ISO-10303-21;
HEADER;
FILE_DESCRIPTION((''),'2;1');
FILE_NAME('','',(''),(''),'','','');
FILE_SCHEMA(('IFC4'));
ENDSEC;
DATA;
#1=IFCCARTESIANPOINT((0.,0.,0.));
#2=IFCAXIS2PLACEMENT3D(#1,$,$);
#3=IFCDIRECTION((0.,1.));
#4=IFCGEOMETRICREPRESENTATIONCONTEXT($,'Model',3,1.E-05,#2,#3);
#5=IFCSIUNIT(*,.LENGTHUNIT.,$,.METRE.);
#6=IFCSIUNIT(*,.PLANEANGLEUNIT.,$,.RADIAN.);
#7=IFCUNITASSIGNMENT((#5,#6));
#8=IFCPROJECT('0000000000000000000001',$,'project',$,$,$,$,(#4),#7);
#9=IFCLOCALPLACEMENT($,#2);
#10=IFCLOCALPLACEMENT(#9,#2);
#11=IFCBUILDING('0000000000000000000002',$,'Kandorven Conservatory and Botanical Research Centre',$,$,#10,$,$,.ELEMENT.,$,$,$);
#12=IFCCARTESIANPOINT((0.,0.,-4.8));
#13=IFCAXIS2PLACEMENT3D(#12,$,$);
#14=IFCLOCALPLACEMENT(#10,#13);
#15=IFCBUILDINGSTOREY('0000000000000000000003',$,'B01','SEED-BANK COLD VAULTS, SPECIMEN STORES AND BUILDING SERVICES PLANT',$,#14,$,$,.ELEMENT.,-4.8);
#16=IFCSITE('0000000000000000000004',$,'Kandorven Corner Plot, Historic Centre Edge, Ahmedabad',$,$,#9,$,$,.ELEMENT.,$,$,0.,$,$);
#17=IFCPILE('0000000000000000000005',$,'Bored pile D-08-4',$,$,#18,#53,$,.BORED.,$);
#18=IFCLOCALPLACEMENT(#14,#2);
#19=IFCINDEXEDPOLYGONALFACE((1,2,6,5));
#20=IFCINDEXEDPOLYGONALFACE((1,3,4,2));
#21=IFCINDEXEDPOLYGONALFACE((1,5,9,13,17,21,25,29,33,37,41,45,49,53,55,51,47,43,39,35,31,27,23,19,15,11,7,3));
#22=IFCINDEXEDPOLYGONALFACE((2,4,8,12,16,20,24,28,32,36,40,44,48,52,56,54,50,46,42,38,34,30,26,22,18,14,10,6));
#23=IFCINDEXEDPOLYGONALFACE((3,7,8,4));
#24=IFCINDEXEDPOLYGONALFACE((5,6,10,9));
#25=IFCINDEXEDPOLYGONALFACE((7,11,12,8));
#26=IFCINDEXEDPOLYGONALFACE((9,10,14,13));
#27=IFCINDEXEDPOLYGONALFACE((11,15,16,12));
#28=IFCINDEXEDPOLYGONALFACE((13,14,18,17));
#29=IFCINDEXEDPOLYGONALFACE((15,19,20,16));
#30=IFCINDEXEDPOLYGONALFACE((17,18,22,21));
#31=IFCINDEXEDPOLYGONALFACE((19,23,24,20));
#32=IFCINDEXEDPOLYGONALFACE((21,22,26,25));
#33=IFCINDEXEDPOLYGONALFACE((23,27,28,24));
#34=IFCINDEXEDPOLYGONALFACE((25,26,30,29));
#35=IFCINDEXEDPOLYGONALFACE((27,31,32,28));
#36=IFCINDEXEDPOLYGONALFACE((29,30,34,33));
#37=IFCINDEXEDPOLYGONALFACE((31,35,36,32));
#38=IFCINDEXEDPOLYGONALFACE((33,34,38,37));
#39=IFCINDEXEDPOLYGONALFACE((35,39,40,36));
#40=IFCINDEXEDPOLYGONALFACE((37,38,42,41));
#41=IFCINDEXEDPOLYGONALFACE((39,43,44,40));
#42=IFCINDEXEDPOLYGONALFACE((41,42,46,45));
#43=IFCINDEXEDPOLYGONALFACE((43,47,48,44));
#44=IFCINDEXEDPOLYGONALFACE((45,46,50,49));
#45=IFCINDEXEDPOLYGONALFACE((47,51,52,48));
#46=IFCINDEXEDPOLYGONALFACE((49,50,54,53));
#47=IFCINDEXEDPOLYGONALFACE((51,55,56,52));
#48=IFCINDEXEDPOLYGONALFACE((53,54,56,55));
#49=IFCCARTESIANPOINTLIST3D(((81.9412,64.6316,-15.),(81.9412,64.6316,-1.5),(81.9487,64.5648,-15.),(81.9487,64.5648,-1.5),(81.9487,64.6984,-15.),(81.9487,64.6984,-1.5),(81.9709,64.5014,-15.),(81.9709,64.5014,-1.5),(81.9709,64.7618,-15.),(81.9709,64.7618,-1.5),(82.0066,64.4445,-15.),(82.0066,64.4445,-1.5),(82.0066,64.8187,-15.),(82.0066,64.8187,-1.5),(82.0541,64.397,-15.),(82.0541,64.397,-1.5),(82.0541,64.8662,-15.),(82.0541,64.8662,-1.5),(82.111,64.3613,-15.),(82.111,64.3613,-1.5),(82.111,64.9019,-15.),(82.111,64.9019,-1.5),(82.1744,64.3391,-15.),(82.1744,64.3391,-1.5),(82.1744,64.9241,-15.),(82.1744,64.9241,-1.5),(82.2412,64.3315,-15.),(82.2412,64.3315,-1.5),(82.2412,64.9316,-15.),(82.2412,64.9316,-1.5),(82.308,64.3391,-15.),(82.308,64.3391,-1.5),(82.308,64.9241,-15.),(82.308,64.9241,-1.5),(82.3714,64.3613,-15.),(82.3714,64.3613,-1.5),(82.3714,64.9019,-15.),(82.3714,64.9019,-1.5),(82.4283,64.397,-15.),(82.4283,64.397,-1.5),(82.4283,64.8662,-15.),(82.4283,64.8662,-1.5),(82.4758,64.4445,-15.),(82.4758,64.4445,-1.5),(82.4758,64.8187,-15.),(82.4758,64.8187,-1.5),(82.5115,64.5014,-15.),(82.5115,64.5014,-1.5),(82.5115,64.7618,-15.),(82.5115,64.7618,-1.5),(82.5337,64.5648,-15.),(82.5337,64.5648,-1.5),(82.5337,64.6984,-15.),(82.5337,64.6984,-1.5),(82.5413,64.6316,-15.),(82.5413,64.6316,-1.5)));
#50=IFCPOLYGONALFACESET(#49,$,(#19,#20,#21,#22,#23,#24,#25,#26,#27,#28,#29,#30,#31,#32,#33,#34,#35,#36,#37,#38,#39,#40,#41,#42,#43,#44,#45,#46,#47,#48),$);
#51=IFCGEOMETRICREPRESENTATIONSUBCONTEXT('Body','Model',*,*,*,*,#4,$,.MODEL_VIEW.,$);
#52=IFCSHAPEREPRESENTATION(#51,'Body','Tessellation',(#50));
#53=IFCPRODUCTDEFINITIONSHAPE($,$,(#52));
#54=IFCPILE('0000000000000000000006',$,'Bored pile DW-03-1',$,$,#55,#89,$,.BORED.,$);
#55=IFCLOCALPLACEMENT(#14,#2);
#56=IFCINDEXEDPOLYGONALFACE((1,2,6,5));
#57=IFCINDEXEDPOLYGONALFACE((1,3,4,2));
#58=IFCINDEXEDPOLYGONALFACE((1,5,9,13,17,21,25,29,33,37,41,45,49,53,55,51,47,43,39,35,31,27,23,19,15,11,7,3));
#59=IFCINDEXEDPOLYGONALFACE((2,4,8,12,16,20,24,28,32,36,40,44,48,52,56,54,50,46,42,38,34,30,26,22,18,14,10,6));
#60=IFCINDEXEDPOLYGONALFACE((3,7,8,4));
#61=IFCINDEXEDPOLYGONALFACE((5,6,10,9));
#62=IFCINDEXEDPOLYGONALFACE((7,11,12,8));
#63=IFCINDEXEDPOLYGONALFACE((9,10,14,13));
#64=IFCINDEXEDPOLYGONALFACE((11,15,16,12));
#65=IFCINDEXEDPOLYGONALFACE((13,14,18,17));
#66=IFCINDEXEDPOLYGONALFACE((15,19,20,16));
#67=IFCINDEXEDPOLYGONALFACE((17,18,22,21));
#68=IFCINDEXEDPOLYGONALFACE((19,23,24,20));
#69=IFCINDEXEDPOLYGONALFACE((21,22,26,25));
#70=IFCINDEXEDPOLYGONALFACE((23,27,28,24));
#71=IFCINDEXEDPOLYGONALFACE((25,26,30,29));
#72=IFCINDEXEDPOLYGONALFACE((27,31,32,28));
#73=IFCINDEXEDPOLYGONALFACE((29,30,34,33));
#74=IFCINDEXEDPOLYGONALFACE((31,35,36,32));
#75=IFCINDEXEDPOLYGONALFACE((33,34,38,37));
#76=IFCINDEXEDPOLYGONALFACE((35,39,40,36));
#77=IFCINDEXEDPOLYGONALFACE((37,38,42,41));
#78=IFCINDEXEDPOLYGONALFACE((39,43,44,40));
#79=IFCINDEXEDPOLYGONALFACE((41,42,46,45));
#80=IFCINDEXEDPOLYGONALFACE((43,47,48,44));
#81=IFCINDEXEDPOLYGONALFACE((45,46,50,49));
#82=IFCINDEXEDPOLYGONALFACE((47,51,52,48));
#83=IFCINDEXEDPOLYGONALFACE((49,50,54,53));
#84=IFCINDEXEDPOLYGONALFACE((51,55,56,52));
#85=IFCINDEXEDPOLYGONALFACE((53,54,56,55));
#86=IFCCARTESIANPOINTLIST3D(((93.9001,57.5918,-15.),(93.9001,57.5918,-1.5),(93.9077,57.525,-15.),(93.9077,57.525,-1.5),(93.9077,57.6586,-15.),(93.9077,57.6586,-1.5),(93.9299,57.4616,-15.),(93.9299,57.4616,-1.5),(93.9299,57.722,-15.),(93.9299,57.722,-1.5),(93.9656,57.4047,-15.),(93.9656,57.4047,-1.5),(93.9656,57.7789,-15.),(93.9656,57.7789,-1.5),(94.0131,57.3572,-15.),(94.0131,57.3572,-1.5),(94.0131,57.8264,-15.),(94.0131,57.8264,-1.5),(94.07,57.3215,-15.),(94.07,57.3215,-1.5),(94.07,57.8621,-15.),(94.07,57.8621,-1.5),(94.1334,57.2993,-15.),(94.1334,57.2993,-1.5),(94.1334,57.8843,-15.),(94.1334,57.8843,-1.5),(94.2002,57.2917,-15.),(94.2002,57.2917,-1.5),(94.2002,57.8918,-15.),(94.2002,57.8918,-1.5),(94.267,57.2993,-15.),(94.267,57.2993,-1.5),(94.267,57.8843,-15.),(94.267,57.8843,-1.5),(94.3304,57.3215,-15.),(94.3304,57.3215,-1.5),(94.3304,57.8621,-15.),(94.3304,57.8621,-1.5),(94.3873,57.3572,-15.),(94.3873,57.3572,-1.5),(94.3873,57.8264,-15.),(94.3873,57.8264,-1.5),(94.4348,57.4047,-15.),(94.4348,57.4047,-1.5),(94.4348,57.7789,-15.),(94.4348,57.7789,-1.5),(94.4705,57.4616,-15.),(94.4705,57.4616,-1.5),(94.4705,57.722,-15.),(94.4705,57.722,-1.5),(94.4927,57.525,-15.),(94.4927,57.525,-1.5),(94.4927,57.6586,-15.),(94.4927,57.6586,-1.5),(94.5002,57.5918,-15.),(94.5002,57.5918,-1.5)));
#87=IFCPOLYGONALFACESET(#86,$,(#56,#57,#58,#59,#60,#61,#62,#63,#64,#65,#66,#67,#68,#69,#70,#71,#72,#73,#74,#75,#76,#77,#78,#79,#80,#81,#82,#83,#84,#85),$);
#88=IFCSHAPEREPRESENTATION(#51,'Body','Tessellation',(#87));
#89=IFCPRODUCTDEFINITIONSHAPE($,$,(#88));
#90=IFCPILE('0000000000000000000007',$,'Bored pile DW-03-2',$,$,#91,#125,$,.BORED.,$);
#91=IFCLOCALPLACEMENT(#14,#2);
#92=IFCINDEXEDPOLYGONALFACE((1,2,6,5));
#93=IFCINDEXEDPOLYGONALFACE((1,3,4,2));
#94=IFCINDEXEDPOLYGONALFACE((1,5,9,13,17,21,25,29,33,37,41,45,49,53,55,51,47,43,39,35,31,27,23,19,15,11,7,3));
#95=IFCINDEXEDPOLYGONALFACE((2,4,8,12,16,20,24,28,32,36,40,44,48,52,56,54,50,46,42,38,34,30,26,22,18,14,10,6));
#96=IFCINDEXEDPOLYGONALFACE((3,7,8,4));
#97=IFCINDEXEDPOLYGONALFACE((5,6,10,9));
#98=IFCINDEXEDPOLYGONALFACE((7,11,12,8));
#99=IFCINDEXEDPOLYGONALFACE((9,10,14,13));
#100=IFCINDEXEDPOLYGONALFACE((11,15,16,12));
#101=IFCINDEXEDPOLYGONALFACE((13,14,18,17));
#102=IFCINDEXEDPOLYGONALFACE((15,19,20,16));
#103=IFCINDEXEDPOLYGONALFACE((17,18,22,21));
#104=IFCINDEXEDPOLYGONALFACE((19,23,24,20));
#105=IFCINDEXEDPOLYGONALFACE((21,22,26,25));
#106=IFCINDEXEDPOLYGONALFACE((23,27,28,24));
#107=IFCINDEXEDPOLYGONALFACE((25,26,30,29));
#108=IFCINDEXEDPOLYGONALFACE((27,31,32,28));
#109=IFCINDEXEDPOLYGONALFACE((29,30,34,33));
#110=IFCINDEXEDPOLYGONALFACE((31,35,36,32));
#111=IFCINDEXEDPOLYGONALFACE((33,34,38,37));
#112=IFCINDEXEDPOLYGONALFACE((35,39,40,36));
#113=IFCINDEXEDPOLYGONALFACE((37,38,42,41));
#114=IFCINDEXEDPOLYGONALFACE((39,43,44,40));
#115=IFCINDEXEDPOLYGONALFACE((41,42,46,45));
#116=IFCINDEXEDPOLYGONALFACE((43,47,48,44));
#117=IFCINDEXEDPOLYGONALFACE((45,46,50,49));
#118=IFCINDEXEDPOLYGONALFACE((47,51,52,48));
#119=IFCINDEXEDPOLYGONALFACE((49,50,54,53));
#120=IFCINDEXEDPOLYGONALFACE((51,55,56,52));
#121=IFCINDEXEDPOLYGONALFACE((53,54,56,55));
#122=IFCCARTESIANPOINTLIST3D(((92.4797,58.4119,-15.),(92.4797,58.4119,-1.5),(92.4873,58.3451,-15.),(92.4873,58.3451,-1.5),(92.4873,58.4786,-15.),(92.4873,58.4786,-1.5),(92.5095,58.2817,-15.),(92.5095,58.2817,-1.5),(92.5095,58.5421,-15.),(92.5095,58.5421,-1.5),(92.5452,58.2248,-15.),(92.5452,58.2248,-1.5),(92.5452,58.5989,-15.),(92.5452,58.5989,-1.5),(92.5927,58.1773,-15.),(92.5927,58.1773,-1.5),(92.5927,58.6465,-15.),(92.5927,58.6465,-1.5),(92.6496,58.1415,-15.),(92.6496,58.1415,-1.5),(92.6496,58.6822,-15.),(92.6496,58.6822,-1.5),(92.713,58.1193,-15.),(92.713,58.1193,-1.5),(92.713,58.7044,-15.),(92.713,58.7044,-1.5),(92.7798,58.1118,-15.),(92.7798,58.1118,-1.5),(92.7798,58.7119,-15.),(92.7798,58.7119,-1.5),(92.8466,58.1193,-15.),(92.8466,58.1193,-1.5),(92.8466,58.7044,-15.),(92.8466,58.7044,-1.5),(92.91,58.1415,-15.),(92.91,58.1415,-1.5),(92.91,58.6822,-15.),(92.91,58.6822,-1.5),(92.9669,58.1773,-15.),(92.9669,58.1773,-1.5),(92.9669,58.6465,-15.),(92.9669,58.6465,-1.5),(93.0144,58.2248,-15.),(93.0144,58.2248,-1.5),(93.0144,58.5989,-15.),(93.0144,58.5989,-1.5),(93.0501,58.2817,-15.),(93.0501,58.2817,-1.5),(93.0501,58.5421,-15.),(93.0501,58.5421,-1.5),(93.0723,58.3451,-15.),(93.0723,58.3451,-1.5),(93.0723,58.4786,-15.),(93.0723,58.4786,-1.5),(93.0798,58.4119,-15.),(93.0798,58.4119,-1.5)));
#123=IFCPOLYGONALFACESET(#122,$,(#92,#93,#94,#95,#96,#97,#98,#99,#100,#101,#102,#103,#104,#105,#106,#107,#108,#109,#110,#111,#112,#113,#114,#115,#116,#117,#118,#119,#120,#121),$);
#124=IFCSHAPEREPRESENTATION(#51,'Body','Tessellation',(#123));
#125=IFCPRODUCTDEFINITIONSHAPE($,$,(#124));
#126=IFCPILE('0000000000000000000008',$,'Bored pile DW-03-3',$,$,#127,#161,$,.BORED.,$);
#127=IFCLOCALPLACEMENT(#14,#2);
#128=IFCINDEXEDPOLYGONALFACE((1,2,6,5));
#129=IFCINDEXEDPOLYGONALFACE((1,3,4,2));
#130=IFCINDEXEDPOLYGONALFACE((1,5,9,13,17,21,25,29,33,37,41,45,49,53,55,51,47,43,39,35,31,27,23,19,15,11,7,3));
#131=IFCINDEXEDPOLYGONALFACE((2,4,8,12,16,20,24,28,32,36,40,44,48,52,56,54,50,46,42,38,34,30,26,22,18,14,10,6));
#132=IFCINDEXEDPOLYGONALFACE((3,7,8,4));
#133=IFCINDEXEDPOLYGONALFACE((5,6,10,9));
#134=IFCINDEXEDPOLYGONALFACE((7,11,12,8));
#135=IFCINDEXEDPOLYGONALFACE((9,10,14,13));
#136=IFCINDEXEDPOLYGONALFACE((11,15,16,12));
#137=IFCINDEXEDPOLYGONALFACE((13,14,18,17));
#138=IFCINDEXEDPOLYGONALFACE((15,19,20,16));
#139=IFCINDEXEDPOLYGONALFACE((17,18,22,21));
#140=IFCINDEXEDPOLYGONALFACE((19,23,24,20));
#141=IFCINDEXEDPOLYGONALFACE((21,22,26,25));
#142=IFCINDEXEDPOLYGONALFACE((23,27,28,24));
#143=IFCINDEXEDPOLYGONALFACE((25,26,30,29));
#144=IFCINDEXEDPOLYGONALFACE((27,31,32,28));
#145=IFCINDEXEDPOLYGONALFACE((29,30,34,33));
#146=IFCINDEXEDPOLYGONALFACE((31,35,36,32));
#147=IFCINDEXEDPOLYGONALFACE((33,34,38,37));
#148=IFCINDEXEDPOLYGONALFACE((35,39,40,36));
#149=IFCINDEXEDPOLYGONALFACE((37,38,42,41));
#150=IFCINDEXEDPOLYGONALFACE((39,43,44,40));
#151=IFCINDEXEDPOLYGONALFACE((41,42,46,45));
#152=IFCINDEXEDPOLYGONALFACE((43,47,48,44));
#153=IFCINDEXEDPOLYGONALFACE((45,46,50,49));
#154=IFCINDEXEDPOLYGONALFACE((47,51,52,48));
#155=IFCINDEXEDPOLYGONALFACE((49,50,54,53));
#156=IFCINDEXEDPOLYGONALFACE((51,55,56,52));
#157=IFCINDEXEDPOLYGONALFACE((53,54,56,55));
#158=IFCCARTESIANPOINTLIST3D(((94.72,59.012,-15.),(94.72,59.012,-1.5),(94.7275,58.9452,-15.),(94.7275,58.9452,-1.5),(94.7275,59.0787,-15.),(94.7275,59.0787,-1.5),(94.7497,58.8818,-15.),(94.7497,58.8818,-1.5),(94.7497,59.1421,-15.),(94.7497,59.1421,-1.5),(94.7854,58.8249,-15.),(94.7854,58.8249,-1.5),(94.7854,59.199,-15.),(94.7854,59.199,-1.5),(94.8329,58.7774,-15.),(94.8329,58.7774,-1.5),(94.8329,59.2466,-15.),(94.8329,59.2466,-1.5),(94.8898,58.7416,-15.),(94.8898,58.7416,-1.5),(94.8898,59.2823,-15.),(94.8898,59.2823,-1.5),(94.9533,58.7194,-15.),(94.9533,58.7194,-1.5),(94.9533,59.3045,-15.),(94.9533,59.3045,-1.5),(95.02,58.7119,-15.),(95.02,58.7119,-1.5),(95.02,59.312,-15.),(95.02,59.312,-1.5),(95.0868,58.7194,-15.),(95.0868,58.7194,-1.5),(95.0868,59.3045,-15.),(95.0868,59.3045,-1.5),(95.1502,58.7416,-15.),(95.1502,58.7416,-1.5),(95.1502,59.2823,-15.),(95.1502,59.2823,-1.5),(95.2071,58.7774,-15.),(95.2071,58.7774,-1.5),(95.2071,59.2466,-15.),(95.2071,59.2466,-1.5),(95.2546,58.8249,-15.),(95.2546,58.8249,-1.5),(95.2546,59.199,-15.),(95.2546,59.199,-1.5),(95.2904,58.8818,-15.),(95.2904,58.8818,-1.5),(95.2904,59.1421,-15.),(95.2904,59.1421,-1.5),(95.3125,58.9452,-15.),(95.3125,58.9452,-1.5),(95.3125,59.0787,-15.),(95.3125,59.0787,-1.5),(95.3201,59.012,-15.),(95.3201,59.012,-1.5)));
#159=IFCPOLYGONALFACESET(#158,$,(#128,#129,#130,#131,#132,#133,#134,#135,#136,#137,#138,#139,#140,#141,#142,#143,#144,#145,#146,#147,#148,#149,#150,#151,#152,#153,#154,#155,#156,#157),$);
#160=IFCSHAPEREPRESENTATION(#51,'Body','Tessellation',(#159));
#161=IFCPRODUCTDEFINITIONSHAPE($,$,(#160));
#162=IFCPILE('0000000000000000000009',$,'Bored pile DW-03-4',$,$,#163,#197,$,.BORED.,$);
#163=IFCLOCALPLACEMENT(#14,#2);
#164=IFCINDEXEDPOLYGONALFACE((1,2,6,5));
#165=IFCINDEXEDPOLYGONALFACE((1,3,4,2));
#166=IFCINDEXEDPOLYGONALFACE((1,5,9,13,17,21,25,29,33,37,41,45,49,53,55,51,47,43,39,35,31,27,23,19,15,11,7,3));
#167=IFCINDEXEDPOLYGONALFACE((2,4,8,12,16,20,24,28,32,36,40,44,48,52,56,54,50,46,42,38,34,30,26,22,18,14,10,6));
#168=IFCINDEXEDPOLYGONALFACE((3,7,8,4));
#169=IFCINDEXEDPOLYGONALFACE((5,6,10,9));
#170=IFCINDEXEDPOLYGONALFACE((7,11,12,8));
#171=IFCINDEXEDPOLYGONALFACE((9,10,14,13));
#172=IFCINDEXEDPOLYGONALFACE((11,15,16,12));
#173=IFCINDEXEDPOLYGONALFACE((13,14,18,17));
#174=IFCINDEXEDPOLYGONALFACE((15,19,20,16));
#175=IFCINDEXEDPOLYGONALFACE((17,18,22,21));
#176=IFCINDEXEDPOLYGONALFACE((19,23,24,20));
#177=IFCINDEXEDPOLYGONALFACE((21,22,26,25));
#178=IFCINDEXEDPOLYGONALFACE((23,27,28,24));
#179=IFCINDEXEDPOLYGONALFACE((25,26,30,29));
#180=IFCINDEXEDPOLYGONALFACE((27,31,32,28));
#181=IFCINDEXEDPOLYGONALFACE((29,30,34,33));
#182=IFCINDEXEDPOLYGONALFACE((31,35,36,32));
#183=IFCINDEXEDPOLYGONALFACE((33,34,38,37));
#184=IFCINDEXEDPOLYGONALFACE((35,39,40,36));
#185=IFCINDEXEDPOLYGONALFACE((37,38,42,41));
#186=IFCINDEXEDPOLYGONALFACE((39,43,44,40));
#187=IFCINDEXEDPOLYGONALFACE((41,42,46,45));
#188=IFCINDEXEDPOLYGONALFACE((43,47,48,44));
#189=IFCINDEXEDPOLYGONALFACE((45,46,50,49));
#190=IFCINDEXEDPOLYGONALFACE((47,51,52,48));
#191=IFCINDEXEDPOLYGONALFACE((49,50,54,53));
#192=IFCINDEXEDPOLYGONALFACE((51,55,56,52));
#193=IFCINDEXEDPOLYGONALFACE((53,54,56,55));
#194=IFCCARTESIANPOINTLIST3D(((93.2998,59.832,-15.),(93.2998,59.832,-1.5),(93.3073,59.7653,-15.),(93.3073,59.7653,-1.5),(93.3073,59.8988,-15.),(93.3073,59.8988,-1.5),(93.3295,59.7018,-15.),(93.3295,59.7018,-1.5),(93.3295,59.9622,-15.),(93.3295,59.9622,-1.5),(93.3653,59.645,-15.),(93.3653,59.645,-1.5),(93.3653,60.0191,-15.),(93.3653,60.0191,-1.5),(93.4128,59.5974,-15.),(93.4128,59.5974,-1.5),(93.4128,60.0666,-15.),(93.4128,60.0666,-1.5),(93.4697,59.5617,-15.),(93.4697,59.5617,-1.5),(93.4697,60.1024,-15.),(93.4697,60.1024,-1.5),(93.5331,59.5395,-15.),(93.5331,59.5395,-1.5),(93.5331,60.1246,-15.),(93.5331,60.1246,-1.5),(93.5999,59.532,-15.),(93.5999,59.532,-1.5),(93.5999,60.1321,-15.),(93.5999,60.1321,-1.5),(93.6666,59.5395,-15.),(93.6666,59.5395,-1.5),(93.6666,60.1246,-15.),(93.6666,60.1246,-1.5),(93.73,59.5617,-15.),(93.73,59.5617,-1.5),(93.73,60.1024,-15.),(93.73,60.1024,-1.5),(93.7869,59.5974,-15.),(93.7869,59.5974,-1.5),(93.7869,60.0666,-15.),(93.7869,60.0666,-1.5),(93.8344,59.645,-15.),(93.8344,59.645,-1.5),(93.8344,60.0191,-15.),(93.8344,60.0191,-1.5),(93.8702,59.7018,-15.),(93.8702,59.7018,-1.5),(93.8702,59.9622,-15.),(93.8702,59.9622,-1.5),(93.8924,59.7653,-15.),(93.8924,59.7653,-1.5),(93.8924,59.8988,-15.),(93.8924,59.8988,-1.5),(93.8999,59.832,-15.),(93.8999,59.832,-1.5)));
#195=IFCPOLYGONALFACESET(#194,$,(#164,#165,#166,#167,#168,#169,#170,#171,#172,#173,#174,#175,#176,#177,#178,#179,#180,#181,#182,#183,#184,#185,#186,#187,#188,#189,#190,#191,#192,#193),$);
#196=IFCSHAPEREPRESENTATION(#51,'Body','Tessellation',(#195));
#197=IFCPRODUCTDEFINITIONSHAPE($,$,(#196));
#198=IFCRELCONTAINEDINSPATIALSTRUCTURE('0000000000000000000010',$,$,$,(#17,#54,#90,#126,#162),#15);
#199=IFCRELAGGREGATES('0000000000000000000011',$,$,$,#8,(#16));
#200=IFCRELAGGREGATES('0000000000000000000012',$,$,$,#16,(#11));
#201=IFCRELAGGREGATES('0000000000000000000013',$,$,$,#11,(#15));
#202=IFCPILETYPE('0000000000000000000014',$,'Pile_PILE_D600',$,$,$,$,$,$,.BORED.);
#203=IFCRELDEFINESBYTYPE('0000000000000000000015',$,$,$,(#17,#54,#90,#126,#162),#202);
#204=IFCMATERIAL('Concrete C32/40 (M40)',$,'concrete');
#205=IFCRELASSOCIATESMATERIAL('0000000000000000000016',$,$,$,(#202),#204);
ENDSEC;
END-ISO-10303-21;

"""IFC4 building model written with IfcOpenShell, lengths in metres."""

from ifc_helpers import new_model, si_unit, direction, frame, origin, origin_2d, place, context, subcontext, project, spatial, circle, extrude, material, material_profile, profile_set, type_object, element, save


model = new_model("IFC4")

# Units and contexts
model_context = context("Model", 3, precision=1e-05, world=origin(), true_north=direction((0.0, 1.0)))
body_context = subcontext(model_context, "Body", "Model", "MODEL_VIEW")
ifc_project = project(units=[si_unit("LENGTHUNIT", "METRE"), si_unit("PLANEANGLEUNIT", "RADIAN")], contexts=[model_context])

# Site, building, storey
site_placement = place(None, origin())
site = spatial("IfcSite", under=ifc_project, at=site_placement, Name="Kandorven Corner Plot, Historic Centre Edge, Ahmedabad", CompositionType="ELEMENT", RefElevation=0.0)
building_placement = place(site_placement, origin())
building = spatial("IfcBuilding", under=site, at=building_placement, Name="Kandorven Conservatory and Botanical Research Centre", CompositionType="ELEMENT")
storey_placement = place(building_placement, frame((0.0, 0.0, -4.8)))
storey = spatial("IfcBuildingStorey", under=building, at=storey_placement, Name="B01", Description="SEED-BANK COLD VAULTS, SPECIMEN STORES AND BUILDING SERVICES PLANT", CompositionType="ELEMENT", Elevation=-4.8)

# Piles
ifc_material_1 = material(Name="Concrete C32/40 (M40)", Category="concrete")
ifc_material_profile_1 = material_profile(ifc_material_1, circle(Radius=0.3, at=origin_2d()))
ifc_profile_set_1 = profile_set([ifc_material_profile_1], Name="Concrete C32/40 (M40)")
pile_type = type_object("IfcPileType", Name="Pile_PILE_D600", PredefinedType="BORED", material=ifc_profile_set_1)
for number, where, z_axis, x_axis, name in (
    (1, (82.2412, 64.6316, -1.5), (0.0, 0.0, -1.0), (1.0, 0.0, 0.0), "Bored pile D-08-4"),
    (2, (94.2002, 57.5918, -1.5), (0.0, 0.0, -1.0), (1.0, 0.0, 0.0), "Bored pile DW-03-1"),
    (3, (92.7798, 58.4119, -1.5), (0.0, 0.0, -1.0), (1.0, 0.0, 0.0), "Bored pile DW-03-2"),
    (4, (95.02, 59.012, -1.5), (0.0, 0.0, -1.0), (1.0, 0.0, 0.0), "Bored pile DW-03-3"),
    (5, (93.5999, 59.832, -1.5), (0.0, 0.0, -1.0), (1.0, 0.0, 0.0), "Bored pile DW-03-4"),
):
    element("IfcPile", number, at=place(storey_placement, frame(where, z_axis=z_axis, x_axis=x_axis)), inside=storey, type_object=pile_type, Name=name, PredefinedType="BORED", context=body_context, shape_type="SweptSolid", body=[
        extrude(circle(Radius=0.3, at=origin_2d()), origin(), (0.0, 0.0, 1.0), 13.5),
    ])

save(model, "model.ifc")
